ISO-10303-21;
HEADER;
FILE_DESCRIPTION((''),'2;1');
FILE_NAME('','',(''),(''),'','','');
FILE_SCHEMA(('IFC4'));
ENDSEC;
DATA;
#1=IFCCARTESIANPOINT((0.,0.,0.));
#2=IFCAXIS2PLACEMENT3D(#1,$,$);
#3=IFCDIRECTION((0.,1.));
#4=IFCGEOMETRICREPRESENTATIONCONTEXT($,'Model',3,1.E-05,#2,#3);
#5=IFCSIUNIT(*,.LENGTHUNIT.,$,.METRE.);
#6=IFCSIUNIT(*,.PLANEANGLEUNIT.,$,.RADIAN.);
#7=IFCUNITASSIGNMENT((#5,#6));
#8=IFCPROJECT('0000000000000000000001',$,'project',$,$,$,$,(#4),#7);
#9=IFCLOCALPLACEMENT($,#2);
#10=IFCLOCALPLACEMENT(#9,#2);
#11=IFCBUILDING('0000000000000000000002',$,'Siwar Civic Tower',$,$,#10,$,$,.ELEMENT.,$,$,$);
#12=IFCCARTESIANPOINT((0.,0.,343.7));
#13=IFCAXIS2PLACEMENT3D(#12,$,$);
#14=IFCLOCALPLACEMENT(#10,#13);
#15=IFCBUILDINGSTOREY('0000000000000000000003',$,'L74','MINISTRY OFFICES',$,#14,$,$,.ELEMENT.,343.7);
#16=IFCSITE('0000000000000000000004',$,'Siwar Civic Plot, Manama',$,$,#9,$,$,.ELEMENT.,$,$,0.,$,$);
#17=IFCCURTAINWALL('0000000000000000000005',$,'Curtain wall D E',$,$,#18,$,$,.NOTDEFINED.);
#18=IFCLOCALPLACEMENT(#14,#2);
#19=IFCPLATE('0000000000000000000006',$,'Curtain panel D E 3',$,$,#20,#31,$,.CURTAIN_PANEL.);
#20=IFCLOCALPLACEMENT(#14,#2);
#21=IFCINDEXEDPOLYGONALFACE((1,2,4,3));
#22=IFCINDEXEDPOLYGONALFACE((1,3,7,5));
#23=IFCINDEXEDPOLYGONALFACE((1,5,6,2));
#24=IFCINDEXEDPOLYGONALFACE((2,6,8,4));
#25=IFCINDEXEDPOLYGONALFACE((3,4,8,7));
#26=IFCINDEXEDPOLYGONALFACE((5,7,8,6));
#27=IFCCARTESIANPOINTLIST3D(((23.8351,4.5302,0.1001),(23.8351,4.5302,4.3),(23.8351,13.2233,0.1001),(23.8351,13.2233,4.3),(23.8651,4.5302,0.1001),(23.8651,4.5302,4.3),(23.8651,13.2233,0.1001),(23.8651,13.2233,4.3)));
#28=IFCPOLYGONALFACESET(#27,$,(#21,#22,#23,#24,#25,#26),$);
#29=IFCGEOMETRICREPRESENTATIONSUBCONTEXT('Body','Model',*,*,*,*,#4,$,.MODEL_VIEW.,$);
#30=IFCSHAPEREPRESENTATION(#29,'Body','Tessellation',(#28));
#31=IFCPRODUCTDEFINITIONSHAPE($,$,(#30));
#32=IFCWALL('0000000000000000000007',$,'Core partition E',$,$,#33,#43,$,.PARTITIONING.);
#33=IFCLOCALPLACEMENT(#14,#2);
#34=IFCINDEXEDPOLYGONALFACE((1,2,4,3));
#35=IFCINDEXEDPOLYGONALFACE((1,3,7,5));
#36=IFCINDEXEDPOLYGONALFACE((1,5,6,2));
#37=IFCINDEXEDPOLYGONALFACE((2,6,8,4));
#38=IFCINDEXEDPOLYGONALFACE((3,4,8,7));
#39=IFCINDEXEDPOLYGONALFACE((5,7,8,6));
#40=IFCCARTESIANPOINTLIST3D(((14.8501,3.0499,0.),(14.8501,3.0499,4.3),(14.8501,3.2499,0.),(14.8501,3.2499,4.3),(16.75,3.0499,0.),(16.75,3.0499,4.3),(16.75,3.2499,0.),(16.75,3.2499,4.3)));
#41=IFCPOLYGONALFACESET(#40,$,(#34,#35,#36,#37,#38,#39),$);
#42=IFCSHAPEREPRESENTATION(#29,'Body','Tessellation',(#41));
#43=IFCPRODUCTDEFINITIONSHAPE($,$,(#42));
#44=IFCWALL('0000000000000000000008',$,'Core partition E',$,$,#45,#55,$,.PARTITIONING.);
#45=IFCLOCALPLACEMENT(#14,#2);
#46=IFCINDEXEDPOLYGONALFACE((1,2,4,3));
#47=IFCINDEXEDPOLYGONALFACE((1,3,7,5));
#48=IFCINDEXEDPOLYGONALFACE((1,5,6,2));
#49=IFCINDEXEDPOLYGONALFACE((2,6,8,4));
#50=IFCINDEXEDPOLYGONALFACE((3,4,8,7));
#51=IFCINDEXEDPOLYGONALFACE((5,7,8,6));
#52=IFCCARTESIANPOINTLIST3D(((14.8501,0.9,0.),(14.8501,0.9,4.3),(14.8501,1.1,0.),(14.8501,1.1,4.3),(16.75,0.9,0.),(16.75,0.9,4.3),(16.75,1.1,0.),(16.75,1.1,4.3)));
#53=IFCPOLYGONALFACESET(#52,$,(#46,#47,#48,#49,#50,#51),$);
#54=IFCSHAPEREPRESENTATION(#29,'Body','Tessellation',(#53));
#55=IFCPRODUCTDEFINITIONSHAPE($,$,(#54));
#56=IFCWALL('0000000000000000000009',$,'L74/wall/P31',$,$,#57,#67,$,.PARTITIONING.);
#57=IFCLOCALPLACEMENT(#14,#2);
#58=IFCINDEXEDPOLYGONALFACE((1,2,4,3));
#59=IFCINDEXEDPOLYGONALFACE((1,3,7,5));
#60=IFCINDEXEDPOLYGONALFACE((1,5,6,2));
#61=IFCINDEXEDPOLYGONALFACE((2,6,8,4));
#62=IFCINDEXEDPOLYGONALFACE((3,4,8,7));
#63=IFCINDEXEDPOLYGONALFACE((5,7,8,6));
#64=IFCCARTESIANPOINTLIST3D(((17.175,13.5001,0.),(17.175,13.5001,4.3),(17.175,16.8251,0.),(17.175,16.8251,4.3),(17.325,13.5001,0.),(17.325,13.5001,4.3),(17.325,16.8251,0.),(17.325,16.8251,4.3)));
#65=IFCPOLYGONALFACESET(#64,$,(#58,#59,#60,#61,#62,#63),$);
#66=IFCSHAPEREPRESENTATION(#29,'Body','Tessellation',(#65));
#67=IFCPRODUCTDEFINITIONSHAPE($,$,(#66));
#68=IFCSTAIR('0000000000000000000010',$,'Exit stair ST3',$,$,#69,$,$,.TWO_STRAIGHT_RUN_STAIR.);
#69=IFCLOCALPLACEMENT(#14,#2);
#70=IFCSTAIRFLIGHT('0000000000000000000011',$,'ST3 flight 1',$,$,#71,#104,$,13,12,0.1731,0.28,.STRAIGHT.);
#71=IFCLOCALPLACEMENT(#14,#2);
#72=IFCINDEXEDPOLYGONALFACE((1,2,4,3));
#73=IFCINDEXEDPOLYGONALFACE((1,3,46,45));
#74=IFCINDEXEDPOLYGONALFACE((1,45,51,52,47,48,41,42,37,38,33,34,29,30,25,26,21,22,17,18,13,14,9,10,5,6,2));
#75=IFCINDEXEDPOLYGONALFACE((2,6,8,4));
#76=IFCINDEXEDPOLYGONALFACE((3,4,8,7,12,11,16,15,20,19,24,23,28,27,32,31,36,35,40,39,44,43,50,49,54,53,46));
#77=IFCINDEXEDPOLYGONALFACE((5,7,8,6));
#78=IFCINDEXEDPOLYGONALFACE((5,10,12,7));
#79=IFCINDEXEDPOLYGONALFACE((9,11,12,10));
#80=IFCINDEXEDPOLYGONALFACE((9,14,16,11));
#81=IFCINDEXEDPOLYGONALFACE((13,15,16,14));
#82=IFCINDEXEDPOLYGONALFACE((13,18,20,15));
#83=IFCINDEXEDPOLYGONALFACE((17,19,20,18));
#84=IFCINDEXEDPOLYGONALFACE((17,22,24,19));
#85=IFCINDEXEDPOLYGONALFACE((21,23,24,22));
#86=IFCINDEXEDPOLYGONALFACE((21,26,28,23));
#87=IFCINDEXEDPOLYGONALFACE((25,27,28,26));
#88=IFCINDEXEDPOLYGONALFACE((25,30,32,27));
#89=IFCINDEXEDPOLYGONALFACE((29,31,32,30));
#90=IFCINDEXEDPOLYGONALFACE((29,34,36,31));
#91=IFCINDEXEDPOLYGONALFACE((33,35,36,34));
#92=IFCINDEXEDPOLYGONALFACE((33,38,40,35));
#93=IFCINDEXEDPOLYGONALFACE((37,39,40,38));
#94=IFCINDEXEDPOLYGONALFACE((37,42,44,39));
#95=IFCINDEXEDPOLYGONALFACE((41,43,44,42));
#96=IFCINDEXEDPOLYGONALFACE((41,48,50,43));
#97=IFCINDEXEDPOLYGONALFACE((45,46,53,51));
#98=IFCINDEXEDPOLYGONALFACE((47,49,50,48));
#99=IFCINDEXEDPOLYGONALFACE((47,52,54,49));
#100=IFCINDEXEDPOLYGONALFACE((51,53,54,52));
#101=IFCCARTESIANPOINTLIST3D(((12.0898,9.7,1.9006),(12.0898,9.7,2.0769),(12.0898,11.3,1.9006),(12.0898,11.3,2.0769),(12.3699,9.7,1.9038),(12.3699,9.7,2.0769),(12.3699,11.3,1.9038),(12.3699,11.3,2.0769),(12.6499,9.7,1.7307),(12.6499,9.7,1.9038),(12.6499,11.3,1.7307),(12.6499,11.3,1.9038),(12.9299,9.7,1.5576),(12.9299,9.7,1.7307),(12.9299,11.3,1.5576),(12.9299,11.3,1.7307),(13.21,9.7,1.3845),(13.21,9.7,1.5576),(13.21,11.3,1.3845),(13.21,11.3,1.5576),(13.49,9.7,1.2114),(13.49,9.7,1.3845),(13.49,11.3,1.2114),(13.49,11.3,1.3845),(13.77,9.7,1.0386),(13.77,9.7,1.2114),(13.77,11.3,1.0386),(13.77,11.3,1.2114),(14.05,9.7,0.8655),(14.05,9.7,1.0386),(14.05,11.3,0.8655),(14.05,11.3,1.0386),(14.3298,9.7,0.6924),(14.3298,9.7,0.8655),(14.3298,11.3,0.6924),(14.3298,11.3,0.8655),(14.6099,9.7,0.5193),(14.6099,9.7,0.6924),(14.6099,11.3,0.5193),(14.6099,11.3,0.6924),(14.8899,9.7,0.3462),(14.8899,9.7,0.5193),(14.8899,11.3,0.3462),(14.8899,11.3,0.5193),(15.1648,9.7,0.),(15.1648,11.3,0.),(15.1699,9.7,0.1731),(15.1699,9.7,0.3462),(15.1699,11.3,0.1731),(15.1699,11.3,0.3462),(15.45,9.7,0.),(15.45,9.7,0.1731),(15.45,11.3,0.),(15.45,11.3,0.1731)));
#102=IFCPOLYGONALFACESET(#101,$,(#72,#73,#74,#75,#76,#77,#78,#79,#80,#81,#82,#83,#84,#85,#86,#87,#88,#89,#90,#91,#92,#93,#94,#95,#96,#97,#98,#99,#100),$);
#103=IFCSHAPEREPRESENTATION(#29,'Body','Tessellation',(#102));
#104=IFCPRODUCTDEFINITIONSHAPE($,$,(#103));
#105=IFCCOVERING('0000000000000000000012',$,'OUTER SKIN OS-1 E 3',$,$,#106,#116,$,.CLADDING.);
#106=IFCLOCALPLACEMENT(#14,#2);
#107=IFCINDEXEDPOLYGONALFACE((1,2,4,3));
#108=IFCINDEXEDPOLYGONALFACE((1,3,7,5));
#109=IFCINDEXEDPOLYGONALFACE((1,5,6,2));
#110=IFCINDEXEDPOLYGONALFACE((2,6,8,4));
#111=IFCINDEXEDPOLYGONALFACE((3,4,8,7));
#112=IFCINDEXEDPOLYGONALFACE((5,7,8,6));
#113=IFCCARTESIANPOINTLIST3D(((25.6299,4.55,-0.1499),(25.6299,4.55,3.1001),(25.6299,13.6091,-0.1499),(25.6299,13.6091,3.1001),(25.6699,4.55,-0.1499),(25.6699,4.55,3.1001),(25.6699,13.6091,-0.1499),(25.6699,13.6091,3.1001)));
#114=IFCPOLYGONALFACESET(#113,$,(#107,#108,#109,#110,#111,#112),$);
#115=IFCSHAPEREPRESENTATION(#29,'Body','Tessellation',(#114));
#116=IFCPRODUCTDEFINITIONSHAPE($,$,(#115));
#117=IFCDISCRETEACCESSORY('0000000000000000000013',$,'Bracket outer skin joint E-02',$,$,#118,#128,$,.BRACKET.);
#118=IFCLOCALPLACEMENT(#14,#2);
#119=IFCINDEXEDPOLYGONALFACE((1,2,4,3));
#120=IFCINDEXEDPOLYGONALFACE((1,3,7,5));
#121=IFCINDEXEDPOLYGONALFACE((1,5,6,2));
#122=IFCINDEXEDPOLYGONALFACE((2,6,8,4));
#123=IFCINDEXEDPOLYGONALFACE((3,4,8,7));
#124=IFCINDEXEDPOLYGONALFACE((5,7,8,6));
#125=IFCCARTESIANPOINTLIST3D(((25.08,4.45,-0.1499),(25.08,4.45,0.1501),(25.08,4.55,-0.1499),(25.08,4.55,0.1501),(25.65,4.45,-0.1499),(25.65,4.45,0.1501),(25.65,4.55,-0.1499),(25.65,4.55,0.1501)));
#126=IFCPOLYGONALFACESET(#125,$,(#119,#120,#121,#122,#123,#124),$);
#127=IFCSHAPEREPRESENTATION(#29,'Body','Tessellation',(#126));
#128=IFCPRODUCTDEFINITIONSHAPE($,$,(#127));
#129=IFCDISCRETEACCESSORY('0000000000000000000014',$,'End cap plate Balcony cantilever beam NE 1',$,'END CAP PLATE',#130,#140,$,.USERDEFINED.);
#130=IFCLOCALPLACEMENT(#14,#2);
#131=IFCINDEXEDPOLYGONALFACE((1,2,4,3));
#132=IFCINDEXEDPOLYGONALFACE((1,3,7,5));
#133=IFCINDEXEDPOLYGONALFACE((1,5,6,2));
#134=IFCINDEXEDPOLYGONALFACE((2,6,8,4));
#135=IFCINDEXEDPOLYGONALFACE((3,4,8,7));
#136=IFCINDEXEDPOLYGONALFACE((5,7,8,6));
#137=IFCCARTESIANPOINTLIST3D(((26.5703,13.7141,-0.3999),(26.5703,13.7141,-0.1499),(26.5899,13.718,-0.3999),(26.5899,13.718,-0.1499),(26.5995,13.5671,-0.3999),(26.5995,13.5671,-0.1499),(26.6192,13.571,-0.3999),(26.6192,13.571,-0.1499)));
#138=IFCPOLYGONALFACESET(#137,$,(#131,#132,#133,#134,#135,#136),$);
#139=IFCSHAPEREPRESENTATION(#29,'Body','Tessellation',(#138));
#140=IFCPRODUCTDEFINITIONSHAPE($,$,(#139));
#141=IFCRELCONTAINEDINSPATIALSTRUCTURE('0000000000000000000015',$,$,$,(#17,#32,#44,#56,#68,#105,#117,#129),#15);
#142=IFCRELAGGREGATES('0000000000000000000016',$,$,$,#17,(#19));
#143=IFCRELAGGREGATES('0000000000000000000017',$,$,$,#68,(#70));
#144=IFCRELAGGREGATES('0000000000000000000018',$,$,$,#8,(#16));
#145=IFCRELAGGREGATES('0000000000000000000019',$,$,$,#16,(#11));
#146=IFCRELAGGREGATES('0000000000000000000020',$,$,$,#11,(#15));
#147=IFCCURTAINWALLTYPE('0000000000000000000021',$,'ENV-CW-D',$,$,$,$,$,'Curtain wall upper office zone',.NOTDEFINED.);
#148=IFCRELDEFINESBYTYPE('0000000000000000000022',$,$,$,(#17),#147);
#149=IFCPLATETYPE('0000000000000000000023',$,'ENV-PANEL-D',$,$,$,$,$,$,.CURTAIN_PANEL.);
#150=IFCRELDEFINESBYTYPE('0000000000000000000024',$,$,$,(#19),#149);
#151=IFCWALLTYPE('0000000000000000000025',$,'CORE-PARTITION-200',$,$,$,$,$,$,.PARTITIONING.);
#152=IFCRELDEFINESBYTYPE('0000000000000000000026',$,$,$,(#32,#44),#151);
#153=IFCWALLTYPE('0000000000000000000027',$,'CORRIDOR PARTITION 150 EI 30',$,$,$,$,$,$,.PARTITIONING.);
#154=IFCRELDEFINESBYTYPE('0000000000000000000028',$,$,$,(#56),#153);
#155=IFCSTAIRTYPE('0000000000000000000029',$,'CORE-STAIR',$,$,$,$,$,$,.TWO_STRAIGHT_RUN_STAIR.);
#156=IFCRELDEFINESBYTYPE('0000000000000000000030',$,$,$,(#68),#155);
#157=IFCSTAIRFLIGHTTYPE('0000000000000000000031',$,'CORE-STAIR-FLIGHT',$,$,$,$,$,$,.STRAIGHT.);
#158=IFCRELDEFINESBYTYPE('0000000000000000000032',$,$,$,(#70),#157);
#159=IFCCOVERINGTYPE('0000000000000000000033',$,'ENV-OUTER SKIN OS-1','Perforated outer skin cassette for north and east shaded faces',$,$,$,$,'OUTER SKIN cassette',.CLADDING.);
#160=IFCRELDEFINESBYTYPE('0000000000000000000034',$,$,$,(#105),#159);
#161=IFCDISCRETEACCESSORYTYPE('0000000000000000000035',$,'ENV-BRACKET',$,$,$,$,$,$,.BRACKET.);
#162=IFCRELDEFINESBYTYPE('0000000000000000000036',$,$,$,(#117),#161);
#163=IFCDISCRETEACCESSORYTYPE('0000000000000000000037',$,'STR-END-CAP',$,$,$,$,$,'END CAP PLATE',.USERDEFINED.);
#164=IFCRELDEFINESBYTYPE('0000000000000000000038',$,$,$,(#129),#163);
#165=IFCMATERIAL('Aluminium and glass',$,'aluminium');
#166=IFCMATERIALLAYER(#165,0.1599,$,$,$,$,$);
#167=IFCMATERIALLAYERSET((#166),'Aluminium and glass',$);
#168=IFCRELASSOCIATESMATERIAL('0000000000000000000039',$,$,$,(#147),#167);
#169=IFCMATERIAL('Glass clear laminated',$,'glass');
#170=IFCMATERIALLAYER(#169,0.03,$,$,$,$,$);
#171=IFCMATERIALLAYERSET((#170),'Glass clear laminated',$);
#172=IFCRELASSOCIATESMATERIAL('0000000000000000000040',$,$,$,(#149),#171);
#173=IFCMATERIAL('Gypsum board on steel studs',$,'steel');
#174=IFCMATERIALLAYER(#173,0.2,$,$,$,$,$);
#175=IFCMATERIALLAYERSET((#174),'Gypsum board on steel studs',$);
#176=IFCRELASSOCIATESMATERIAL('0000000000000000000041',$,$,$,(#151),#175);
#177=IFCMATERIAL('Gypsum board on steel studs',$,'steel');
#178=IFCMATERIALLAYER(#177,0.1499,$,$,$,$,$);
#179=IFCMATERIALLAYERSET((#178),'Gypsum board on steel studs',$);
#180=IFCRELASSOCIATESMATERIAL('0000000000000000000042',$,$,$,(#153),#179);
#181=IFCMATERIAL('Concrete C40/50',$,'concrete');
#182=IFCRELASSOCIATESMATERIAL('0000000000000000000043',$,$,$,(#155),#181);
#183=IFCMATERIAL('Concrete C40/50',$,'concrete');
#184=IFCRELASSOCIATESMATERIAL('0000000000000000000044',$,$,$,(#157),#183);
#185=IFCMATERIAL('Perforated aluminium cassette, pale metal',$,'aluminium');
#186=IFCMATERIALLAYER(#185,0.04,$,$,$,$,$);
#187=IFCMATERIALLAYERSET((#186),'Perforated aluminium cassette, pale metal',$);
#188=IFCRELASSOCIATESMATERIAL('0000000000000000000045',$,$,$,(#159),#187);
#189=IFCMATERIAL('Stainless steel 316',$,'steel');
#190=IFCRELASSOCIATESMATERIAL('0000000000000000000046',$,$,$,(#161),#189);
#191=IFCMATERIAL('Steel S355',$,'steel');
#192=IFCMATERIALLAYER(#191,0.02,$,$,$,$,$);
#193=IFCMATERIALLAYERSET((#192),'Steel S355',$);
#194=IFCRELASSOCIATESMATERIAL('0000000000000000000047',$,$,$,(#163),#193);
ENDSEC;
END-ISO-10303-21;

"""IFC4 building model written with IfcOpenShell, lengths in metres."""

from ifc_helpers import new_model, si_unit, direction, frame, frame_2d, origin, origin_2d, place, context, subcontext, project, spatial, polyline, rectangle, outline, extrude, material, layer, layer_set, type_object, element, aggregate, save


model = new_model("IFC4")

# Units and contexts
model_context = context("Model", 3, precision=1e-05, world=origin(), true_north=direction((0.0, 1.0)))
body_context = subcontext(model_context, "Body", "Model", "MODEL_VIEW")
ifc_project = project(units=[si_unit("LENGTHUNIT", "METRE"), si_unit("PLANEANGLEUNIT", "RADIAN")], contexts=[model_context])

# Site, building, storey
site_placement = place(None, origin())
site = spatial("IfcSite", under=ifc_project, at=site_placement, Name="Siwar Civic Plot, Manama", CompositionType="ELEMENT", RefElevation=0.0)
building_placement = place(site_placement, origin())
building = spatial("IfcBuilding", under=site, at=building_placement, Name="Siwar Civic Tower", CompositionType="ELEMENT")
storey_placement = place(building_placement, frame((0.0, 0.0, 343.7)))
storey = spatial("IfcBuildingStorey", under=building, at=storey_placement, Name="L74", Description="MINISTRY OFFICES", CompositionType="ELEMENT", Elevation=343.7)

# Curtain wall
ifc_material_1 = material(Name="Aluminium and glass", Category="aluminium")
ifc_layer_1 = layer(ifc_material_1, 0.1599)
ifc_layer_set_1 = layer_set([ifc_layer_1], Name="Aluminium and glass")
curtain_wall_type_1 = type_object("IfcCurtainWallType", Name="ENV-CW-D", ElementType="Curtain wall upper office zone", PredefinedType="NOTDEFINED", material=ifc_layer_set_1)
curtain_wall_1_placement = place(storey_placement, origin())
curtain_wall_1 = element("IfcCurtainWall", 1, at=curtain_wall_1_placement, inside=storey, type_object=curtain_wall_type_1, Name="Curtain wall D E", PredefinedType="NOTDEFINED")

# Plate
ifc_material_2 = material(Name="Glass clear laminated", Category="glass")
ifc_layer_2 = layer(ifc_material_2, 0.03)
ifc_layer_set_2 = layer_set([ifc_layer_2], Name="Glass clear laminated")
plate_type = type_object("IfcPlateType", Name="ENV-PANEL-D", PredefinedType="CURTAIN_PANEL", material=ifc_layer_set_2)
plate_placement = place(storey_placement, frame((23.8501, 8.8767, 0.1001), z_axis=(0.0, 0.0, 1.0), x_axis=(0.0, 1.0, 0.0)))
plate = element("IfcPlate", 2, at=plate_placement, type_object=plate_type, Name="Curtain panel D E 3", PredefinedType="CURTAIN_PANEL", context=body_context, shape_type="SweptSolid", body=[
    extrude(rectangle(XDim=8.6931, YDim=0.03, at=origin_2d()), origin(), (0.0, 0.0, 1.0), 4.2),
])
aggregate(curtain_wall_1, [plate])

# Walls
ifc_material_3 = material(Name="Gypsum board on steel studs", Category="steel")
ifc_layer_3 = layer(ifc_material_3, 0.2)
ifc_layer_set_3 = layer_set([ifc_layer_3], Name="Gypsum board on steel studs")
wall_type_1 = type_object("IfcWallType", Name="CORE-PARTITION-200", PredefinedType="PARTITIONING", material=ifc_layer_set_3)
for number, where, z_axis, x_axis, name in (
    (3, (14.8501, 3.1499, 0.0), (0.0, 0.0, 1.0), (1.0, 0.0, 0.0), "Core partition E"),
    (4, (14.8501, 1.0, 0.0), (0.0, 0.0, 1.0), (1.0, 0.0, 0.0), "Core partition E"),
):
    element("IfcWall", number, at=place(storey_placement, frame(where, z_axis=z_axis, x_axis=x_axis)), inside=storey, type_object=wall_type_1, Name=name, PredefinedType="PARTITIONING", context=body_context, shape_type="SweptSolid", body=[
        extrude(rectangle(XDim=1.8999, YDim=0.2, at=frame_2d((0.95, 0.0))), origin(), (0.0, 0.0, 1.0), 4.3),
    ])
ifc_material_4 = material(Name="Gypsum board on steel studs", Category="steel")
ifc_layer_4 = layer(ifc_material_4, 0.1499)
ifc_layer_set_4 = layer_set([ifc_layer_4], Name="Gypsum board on steel studs")
wall_type_2 = type_object("IfcWallType", Name="CORRIDOR PARTITION 150 EI 30", PredefinedType="PARTITIONING", material=ifc_layer_set_4)
wall_placement = place(storey_placement, frame((17.25, 13.5, 0.0), z_axis=(0.0, 0.0, 1.0), x_axis=(0.0, 1.0, 0.0)))
element("IfcWall", 5, at=wall_placement, inside=storey, type_object=wall_type_2, Name="L74/wall/P31", PredefinedType="PARTITIONING", context=body_context, shape_type="SweptSolid", body=[
    extrude(rectangle(XDim=3.325, YDim=0.1499, at=frame_2d((1.6626, 0.0))), origin(), (0.0, 0.0, 1.0), 4.3),
])

# Stair, stair flight
ifc_material_5 = material(Name="Concrete C40/50", Category="concrete")
stair_type = type_object("IfcStairType", Name="CORE-STAIR", PredefinedType="TWO_STRAIGHT_RUN_STAIR", material=ifc_material_5)
stair_placement = place(storey_placement, origin())
stair = element("IfcStair", 6, at=stair_placement, inside=storey, type_object=stair_type, Name="Exit stair ST3", PredefinedType="TWO_STRAIGHT_RUN_STAIR")
ifc_material_6 = material(Name="Concrete C40/50", Category="concrete")
stair_flight_type = type_object("IfcStairFlightType", Name="CORE-STAIR-FLIGHT", PredefinedType="STRAIGHT", material=ifc_material_6)
stair_flight_placement = place(storey_placement, frame((15.45, 10.5, 0.0), z_axis=(0.0, 0.0, 1.0), x_axis=(-1.0, 0.0, 0.0)))
stair_flight = element("IfcStairFlight", 7, at=stair_flight_placement, type_object=stair_flight_type, Name="ST3 flight 1", NumberOfRisers=13, NumberOfTreads=12, PredefinedType="STRAIGHT", RiserHeight=0.1731, TreadLength=0.28, context=body_context, shape_type="SweptSolid", body=[
    extrude(outline(polyline([(0.0, 0.0), (0.0, 0.1731), (0.28, 0.1731), (0.28, 0.3462), (0.5601, 0.3462), (0.5601, 0.5193), (0.8401, 0.5193), (0.8401, 0.6924), (1.1201, 0.6924), (1.1201, 0.8655), (1.3999, 0.8655), (1.3999, 1.0386), (1.6799, 1.0386), (1.6799, 1.2114), (1.96, 1.2114), (1.96, 1.3845), (2.24, 1.3845), (2.24, 1.5576), (2.52, 1.5576), (2.52, 1.7307), (2.8, 1.7307), (2.8, 1.9038), (3.0801, 1.9038), (3.0801, 2.0769), (3.3601, 2.0769), (3.3601, 2.25), (3.3601, 1.9006), (0.2852, 0.0), (0.0, 0.0)])), frame((0.0, 0.8, 0.0), z_axis=(0.0, -1.0, 0.0), x_axis=(1.0, 0.0, 0.0)), (0.0, 0.0, 1.0), 1.6001),
])
aggregate(stair, [stair_flight])

# Covering
ifc_material_7 = material(Name="Perforated aluminium cassette, pale metal", Category="aluminium")
ifc_layer_5 = layer(ifc_material_7, 0.04)
ifc_layer_set_5 = layer_set([ifc_layer_5], Name="Perforated aluminium cassette, pale metal")
covering_type = type_object("IfcCoveringType", Name="ENV-OUTER SKIN OS-1", Description="Perforated outer skin cassette for north and east shaded faces", ElementType="OUTER SKIN cassette", PredefinedType="CLADDING", material=ifc_layer_set_5)
covering_placement = place(storey_placement, frame((25.6499, 9.0796, -0.1499), z_axis=(0.0, 0.0, 1.0), x_axis=(0.0, 1.0, 0.0)))
element("IfcCovering", 8, at=covering_placement, inside=storey, type_object=covering_type, Name="OUTER SKIN OS-1 E 3", PredefinedType="CLADDING", context=body_context, shape_type="SweptSolid", body=[
    extrude(rectangle(XDim=9.0591, YDim=0.04, at=origin_2d()), origin(), (0.0, 0.0, 1.0), 3.25),
])

# Discrete accessories
ifc_material_8 = material(Name="Stainless steel 316", Category="steel")
discrete_accessory_type_1 = type_object("IfcDiscreteAccessoryType", Name="ENV-BRACKET", PredefinedType="BRACKET", material=ifc_material_8)
discrete_accessory_1_placement = place(storey_placement, frame((25.365, 4.5, -0.1499), z_axis=(0.0, 0.0, 1.0), x_axis=(1.0, 0.0, 0.0)))
element("IfcDiscreteAccessory", 9, at=discrete_accessory_1_placement, inside=storey, type_object=discrete_accessory_type_1, Name="Bracket outer skin joint E-02", PredefinedType="BRACKET", context=body_context, shape_type="SweptSolid", body=[
    extrude(rectangle(XDim=0.5701, YDim=0.1001, at=origin_2d()), origin(), (0.0, 0.0, 1.0), 0.3),
])
ifc_material_9 = material(Name="Steel S355", Category="steel")
ifc_layer_6 = layer(ifc_material_9, 0.02)
ifc_layer_set_6 = layer_set([ifc_layer_6], Name="Steel S355")
discrete_accessory_type_2 = type_object("IfcDiscreteAccessoryType", Name="STR-END-CAP", ElementType="END CAP PLATE", PredefinedType="USERDEFINED", material=ifc_layer_set_6)
discrete_accessory_2_placement = place(storey_placement, frame((26.5947, 13.6426, -0.3999), z_axis=(0.0, 0.0, 1.0), x_axis=(0.980785, 0.19509, 0.0)))
element("IfcDiscreteAccessory", 10, at=discrete_accessory_2_placement, inside=storey, type_object=discrete_accessory_type_2, Name="End cap plate Balcony cantilever beam NE 1", ObjectType="END CAP PLATE", PredefinedType="USERDEFINED", context=body_context, shape_type="SweptSolid", body=[
    extrude(rectangle(XDim=0.02, YDim=0.1499, at=origin_2d()), origin(), (0.0, 0.0, 1.0), 0.25),
])

save(model, "model.ifc")
